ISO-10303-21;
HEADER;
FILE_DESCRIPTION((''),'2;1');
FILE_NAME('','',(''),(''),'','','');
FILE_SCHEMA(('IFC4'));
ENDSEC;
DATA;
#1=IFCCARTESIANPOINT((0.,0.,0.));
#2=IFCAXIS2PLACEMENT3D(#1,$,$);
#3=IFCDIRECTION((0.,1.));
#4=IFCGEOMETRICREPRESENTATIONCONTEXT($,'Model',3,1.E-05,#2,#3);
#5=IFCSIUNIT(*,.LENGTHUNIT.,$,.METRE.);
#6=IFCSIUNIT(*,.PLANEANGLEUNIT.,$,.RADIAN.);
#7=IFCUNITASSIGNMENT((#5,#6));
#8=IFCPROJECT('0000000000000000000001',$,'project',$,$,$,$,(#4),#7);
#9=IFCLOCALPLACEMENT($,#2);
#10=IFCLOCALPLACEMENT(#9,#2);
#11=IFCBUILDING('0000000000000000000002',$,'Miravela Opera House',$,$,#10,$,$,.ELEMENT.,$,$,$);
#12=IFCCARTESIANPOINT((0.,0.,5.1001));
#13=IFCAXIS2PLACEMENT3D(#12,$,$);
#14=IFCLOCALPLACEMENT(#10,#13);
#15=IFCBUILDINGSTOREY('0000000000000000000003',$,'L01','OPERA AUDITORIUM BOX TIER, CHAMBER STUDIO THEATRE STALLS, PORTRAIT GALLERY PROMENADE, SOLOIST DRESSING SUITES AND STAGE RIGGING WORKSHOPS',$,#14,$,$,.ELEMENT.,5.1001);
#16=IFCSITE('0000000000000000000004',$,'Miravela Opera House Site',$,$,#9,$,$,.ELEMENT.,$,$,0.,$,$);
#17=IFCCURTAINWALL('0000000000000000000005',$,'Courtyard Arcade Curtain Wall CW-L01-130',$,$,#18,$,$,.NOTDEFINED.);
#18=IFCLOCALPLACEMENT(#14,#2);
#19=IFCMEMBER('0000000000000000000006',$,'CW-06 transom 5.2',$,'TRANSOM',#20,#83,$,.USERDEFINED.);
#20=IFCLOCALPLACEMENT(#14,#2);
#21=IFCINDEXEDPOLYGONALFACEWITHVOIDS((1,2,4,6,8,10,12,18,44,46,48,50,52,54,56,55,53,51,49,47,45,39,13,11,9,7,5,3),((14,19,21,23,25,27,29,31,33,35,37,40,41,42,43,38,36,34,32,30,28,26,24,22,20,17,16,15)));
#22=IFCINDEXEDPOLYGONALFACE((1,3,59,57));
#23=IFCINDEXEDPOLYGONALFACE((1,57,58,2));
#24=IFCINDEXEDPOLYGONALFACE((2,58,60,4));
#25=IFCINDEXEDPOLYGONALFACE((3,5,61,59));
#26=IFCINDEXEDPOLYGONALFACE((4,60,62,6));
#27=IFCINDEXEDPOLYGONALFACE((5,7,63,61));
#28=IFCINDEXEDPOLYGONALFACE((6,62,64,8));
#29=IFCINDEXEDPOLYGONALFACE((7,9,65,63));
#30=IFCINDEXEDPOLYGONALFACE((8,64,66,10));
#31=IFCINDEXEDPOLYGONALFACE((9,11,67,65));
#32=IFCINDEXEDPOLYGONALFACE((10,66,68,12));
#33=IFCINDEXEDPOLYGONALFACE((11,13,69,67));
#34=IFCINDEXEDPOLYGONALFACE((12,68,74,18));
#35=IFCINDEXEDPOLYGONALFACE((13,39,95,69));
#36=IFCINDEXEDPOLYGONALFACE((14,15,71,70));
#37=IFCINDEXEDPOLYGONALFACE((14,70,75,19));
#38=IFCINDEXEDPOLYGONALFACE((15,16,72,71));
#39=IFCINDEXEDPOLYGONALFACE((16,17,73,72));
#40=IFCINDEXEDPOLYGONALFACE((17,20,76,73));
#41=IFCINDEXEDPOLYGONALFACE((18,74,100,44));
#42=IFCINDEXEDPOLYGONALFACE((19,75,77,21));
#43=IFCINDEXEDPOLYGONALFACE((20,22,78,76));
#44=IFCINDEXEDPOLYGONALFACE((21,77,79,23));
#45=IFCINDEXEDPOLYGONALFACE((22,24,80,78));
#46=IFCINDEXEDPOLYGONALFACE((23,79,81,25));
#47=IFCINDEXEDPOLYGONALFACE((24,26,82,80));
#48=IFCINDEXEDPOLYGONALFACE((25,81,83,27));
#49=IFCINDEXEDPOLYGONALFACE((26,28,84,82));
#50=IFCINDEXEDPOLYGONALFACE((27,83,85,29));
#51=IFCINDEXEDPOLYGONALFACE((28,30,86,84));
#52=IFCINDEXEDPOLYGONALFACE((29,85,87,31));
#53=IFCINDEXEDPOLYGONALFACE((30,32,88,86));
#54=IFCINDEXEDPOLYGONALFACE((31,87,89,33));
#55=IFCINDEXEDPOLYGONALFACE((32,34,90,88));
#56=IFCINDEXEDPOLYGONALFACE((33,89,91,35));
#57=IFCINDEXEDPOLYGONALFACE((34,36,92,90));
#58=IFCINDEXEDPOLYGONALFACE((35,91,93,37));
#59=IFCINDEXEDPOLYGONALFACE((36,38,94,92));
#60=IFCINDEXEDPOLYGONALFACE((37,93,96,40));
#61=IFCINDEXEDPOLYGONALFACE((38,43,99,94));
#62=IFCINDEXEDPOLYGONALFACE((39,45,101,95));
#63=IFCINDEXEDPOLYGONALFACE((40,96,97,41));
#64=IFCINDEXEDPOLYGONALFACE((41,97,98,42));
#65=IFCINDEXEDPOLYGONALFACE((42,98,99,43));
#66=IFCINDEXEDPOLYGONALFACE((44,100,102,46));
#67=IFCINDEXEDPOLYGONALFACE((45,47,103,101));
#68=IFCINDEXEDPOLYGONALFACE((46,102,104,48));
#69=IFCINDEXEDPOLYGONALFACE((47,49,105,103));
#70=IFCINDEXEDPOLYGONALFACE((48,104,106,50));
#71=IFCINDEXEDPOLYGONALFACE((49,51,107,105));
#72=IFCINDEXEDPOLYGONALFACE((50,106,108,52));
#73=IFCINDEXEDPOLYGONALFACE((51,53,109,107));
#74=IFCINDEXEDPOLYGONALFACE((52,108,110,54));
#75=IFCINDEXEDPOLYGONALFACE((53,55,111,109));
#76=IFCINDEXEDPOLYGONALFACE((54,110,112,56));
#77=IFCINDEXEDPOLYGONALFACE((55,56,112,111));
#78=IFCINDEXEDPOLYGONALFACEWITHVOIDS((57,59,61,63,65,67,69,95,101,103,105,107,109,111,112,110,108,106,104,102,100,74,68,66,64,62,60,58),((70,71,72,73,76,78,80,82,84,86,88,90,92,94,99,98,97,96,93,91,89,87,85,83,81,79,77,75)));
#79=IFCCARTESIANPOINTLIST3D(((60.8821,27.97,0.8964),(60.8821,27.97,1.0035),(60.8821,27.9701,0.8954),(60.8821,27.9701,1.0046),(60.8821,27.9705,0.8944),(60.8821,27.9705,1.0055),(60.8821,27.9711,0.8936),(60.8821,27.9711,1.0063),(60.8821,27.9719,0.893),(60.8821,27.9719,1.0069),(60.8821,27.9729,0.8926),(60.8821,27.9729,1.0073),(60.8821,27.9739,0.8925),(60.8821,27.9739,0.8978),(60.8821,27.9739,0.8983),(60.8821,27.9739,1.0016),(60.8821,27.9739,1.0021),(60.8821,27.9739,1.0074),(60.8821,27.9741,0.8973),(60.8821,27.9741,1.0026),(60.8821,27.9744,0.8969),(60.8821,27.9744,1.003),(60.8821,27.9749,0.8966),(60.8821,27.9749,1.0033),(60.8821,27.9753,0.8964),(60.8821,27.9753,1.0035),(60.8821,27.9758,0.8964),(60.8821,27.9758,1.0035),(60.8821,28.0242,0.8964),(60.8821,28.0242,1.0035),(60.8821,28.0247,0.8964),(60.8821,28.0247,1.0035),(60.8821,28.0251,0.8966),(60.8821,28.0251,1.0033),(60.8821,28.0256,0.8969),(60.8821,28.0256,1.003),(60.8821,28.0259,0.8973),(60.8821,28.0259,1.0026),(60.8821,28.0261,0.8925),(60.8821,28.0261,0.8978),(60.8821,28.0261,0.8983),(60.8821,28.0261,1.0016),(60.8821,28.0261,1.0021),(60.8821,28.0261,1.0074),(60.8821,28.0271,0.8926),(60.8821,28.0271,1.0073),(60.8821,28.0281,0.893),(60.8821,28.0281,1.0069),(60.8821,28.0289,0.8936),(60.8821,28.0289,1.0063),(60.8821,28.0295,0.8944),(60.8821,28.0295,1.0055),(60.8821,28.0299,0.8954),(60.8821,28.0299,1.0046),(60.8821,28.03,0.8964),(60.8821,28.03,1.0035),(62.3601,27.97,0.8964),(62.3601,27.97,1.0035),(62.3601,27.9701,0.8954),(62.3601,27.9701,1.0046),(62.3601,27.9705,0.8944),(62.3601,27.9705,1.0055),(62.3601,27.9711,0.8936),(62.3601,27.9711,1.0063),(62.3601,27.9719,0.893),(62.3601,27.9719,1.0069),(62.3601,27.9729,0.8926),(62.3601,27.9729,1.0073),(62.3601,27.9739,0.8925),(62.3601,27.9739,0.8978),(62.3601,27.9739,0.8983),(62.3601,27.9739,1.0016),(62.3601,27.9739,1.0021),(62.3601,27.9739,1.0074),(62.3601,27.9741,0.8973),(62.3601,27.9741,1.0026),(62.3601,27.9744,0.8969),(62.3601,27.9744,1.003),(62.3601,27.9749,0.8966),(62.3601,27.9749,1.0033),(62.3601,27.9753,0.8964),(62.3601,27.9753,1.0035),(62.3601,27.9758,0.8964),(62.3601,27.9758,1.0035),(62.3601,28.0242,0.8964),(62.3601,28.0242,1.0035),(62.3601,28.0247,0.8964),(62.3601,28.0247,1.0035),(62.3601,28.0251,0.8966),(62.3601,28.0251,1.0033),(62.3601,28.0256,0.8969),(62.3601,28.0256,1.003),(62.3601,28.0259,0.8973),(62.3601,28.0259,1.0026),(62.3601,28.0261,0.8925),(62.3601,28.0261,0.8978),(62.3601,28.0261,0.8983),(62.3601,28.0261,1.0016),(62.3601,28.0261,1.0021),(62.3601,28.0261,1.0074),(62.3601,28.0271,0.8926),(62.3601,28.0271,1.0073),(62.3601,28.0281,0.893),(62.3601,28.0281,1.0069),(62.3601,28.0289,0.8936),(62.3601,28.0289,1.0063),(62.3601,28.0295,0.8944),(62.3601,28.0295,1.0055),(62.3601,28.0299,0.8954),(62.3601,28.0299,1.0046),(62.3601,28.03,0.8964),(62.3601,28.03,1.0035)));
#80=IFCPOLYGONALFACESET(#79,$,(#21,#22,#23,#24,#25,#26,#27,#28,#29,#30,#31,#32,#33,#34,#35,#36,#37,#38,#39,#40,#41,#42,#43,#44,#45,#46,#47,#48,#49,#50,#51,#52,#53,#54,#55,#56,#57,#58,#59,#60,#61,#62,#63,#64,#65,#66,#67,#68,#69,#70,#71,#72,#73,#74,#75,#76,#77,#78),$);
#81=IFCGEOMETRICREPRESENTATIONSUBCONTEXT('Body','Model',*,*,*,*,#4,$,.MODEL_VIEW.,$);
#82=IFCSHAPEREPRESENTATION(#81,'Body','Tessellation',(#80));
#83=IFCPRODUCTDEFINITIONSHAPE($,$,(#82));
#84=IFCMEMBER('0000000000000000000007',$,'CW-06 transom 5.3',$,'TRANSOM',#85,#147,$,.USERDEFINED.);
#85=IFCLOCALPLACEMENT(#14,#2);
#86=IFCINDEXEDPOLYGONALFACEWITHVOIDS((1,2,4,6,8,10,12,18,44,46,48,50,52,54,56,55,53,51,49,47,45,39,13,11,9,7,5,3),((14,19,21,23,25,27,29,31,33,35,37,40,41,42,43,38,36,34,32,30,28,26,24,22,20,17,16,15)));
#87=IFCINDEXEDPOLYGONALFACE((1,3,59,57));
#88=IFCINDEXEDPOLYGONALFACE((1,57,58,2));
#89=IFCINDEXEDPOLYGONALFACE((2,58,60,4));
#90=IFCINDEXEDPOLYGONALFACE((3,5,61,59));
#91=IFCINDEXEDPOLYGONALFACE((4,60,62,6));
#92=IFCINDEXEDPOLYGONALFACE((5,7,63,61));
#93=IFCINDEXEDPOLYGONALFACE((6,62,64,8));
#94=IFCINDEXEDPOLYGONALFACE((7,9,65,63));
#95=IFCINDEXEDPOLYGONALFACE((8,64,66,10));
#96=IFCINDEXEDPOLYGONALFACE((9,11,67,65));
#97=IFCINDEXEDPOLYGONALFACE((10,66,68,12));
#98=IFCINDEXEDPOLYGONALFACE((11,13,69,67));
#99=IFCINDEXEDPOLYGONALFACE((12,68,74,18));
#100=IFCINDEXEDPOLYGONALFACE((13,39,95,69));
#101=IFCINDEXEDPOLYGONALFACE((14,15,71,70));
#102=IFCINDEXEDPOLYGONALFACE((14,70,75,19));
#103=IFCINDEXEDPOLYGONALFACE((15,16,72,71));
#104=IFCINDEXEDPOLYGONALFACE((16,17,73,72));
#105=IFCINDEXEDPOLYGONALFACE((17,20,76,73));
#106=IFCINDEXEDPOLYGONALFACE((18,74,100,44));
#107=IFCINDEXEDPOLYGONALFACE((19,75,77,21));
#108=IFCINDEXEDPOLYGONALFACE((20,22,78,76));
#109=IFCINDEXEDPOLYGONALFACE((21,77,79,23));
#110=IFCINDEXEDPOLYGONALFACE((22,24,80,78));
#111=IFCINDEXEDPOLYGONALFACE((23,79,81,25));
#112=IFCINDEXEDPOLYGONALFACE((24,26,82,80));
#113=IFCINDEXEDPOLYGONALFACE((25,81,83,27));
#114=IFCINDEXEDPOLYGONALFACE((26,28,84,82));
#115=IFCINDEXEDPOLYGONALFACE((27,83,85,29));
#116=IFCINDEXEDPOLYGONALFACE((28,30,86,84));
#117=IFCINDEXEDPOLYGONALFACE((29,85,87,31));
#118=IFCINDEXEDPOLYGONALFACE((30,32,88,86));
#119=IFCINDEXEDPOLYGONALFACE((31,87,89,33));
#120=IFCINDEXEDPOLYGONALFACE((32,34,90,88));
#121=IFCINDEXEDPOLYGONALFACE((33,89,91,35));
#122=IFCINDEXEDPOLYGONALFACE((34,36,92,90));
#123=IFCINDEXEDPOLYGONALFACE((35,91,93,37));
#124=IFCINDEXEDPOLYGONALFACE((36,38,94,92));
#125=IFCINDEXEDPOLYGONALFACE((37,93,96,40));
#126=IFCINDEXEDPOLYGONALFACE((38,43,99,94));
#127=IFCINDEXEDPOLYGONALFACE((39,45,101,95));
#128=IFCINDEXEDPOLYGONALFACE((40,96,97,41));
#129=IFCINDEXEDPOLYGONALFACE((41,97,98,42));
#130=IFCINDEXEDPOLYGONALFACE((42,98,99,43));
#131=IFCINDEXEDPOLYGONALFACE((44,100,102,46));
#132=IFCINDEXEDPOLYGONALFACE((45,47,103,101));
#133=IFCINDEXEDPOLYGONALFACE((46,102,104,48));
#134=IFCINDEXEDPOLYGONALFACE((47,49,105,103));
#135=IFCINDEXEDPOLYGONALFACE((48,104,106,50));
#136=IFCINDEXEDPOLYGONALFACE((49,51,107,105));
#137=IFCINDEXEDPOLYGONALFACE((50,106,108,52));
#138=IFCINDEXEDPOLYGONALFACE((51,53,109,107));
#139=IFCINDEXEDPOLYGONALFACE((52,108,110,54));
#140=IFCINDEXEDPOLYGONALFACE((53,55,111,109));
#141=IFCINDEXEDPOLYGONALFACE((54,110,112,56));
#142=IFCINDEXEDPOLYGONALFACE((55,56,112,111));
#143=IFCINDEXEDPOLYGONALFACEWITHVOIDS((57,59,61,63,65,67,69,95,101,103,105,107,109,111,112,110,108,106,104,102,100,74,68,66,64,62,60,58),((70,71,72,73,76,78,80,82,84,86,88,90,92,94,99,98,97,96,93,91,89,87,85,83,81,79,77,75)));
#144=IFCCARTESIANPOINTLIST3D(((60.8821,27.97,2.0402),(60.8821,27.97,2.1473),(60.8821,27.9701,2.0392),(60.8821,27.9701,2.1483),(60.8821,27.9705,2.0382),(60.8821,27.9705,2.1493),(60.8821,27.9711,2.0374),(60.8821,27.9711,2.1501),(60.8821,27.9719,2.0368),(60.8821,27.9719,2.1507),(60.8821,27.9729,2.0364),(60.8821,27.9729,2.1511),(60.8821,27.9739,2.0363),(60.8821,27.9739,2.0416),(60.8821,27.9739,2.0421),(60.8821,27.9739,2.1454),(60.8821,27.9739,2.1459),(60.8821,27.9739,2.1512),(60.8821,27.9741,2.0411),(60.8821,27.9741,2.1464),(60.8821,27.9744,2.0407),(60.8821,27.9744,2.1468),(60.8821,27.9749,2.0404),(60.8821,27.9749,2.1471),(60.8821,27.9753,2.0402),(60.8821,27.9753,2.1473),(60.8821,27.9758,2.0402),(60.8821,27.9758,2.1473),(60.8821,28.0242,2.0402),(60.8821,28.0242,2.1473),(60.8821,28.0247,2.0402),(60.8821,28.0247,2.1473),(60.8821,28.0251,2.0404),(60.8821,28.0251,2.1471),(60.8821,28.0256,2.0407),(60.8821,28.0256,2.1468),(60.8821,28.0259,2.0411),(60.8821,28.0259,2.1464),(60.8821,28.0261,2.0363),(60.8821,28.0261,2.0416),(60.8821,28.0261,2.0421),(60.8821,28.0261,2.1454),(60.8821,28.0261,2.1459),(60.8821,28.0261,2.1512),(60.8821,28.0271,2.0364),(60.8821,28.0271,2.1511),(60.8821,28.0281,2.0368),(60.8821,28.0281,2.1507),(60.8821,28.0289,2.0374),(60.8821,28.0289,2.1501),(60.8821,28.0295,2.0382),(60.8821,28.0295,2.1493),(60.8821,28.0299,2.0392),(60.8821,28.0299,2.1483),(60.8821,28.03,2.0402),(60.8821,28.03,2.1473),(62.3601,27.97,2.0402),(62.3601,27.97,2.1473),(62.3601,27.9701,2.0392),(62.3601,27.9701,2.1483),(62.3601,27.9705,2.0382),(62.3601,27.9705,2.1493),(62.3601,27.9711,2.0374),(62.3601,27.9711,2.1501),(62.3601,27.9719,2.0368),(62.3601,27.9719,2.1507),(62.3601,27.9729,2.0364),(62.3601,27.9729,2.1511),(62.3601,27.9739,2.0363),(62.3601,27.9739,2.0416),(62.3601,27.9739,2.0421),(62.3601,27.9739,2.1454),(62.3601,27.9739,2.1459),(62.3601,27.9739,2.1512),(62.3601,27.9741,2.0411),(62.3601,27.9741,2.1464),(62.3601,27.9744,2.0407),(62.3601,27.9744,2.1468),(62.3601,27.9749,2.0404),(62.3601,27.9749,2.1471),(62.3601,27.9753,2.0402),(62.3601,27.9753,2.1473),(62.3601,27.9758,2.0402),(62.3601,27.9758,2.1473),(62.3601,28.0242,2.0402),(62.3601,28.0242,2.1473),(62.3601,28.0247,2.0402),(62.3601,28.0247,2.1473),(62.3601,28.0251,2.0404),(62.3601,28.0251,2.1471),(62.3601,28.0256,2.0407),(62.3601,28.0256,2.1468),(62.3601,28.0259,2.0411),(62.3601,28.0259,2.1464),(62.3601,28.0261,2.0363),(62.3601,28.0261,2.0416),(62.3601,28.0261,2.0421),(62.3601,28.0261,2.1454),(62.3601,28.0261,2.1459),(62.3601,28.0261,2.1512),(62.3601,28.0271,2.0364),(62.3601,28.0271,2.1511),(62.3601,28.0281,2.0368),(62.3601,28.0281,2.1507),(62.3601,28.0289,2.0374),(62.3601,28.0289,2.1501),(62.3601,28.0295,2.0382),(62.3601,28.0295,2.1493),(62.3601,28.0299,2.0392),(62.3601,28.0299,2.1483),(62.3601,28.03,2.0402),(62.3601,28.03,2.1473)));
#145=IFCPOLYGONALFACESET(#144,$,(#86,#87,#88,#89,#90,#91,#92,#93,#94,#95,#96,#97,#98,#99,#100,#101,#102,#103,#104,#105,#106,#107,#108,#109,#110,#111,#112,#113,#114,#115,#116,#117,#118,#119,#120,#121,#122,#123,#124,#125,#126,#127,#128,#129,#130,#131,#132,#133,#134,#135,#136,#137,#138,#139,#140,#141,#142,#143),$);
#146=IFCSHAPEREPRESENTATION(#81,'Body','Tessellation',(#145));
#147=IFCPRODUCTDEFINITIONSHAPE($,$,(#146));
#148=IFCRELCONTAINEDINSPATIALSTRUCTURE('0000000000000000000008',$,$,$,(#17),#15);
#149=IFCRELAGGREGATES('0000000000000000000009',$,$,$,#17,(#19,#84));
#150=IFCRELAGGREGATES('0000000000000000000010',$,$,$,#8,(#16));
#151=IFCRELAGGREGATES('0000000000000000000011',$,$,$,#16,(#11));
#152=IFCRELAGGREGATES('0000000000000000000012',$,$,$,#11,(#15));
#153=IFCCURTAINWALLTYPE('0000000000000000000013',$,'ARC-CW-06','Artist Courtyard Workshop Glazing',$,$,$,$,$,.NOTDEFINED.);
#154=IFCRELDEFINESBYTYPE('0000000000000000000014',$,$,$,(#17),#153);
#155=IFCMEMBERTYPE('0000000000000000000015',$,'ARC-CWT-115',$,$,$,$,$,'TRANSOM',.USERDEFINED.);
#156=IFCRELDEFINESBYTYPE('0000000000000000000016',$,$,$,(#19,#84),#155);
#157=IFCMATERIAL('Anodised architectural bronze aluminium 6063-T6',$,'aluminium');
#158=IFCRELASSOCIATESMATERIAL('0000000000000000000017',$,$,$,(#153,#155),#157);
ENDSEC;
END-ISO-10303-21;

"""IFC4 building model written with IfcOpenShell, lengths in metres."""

from ifc_helpers import new_model, si_unit, direction, frame, origin, origin_2d, place, context, subcontext, project, spatial, hollow_rectangle, extrude, material, material_profile, profile_set, type_object, element, aggregate, save


model = new_model("IFC4")

# Units and contexts
model_context = context("Model", 3, precision=1e-05, world=origin(), true_north=direction((0.0, 1.0)))
body_context = subcontext(model_context, "Body", "Model", "MODEL_VIEW")
ifc_project = project(units=[si_unit("LENGTHUNIT", "METRE"), si_unit("PLANEANGLEUNIT", "RADIAN")], contexts=[model_context])

# Site, building, storey
site_placement = place(None, origin())
site = spatial("IfcSite", under=ifc_project, at=site_placement, Name="Miravela Opera House Site", CompositionType="ELEMENT", RefElevation=0.0)
building_placement = place(site_placement, origin())
building = spatial("IfcBuilding", under=site, at=building_placement, Name="Miravela Opera House", CompositionType="ELEMENT")
storey_placement = place(building_placement, frame((0.0, 0.0, 5.1001)))
storey = spatial("IfcBuildingStorey", under=building, at=storey_placement, Name="L01", Description="OPERA AUDITORIUM BOX TIER, CHAMBER STUDIO THEATRE STALLS, PORTRAIT GALLERY PROMENADE, SOLOIST DRESSING SUITES AND STAGE RIGGING WORKSHOPS", CompositionType="ELEMENT", Elevation=5.1001)

# Curtain wall
ifc_material_1 = material(Name="Anodised architectural bronze aluminium 6063-T6", Category="aluminium")
curtain_wall_type = type_object("IfcCurtainWallType", Name="ARC-CW-06", Description="Artist Courtyard Workshop Glazing", PredefinedType="NOTDEFINED", material=ifc_material_1)
curtain_wall_1_placement = place(storey_placement, origin())
curtain_wall_1 = element("IfcCurtainWall", 1, at=curtain_wall_1_placement, inside=storey, type_object=curtain_wall_type, Name="Courtyard Arcade Curtain Wall CW-L01-130", PredefinedType="NOTDEFINED")

# Members
ifc_material_profile_1 = material_profile(ifc_material_1, hollow_rectangle(XDim=0.0601, YDim=0.115, WallThickness=0.0039, InnerFilletRadius=0.002, OuterFilletRadius=0.0039, at=origin_2d()), Name="CWT-60X115")
ifc_profile_set_1 = profile_set([ifc_material_profile_1])
member_type_1 = type_object("IfcMemberType", Name="ARC-CWT-115", ElementType="TRANSOM", PredefinedType="USERDEFINED", material=ifc_profile_set_1)
member_1_placement = place(storey_placement, frame((60.8821, 28.0, 0.95), z_axis=(1.0, 0.0, 0.0), x_axis=(0.0, 1.0, 0.0)))
member_1 = element("IfcMember", 2, at=member_1_placement, type_object=member_type_1, Name="CW-06 transom 5.2", ObjectType="TRANSOM", PredefinedType="USERDEFINED", context=body_context, shape_type="SweptSolid", body=[
    extrude(hollow_rectangle(XDim=0.0601, YDim=0.115, WallThickness=0.0039, InnerFilletRadius=0.002, OuterFilletRadius=0.0039, at=origin_2d()), origin(), (0.0, 0.0, 1.0), 1.478),
])
member_2_placement = place(storey_placement, frame((60.8821, 28.0, 2.0938), z_axis=(1.0, 0.0, 0.0), x_axis=(0.0, 1.0, 0.0)))
member_2 = element("IfcMember", 3, at=member_2_placement, type_object=member_type_1, Name="CW-06 transom 5.3", ObjectType="TRANSOM", PredefinedType="USERDEFINED", context=body_context, shape_type="SweptSolid", body=[
    extrude(hollow_rectangle(XDim=0.0601, YDim=0.115, WallThickness=0.0039, InnerFilletRadius=0.002, OuterFilletRadius=0.0039, at=origin_2d()), origin(), (0.0, 0.0, 1.0), 1.478),
])

aggregate(curtain_wall_1, [member_1, member_2])

save(model, "model.ifc")
